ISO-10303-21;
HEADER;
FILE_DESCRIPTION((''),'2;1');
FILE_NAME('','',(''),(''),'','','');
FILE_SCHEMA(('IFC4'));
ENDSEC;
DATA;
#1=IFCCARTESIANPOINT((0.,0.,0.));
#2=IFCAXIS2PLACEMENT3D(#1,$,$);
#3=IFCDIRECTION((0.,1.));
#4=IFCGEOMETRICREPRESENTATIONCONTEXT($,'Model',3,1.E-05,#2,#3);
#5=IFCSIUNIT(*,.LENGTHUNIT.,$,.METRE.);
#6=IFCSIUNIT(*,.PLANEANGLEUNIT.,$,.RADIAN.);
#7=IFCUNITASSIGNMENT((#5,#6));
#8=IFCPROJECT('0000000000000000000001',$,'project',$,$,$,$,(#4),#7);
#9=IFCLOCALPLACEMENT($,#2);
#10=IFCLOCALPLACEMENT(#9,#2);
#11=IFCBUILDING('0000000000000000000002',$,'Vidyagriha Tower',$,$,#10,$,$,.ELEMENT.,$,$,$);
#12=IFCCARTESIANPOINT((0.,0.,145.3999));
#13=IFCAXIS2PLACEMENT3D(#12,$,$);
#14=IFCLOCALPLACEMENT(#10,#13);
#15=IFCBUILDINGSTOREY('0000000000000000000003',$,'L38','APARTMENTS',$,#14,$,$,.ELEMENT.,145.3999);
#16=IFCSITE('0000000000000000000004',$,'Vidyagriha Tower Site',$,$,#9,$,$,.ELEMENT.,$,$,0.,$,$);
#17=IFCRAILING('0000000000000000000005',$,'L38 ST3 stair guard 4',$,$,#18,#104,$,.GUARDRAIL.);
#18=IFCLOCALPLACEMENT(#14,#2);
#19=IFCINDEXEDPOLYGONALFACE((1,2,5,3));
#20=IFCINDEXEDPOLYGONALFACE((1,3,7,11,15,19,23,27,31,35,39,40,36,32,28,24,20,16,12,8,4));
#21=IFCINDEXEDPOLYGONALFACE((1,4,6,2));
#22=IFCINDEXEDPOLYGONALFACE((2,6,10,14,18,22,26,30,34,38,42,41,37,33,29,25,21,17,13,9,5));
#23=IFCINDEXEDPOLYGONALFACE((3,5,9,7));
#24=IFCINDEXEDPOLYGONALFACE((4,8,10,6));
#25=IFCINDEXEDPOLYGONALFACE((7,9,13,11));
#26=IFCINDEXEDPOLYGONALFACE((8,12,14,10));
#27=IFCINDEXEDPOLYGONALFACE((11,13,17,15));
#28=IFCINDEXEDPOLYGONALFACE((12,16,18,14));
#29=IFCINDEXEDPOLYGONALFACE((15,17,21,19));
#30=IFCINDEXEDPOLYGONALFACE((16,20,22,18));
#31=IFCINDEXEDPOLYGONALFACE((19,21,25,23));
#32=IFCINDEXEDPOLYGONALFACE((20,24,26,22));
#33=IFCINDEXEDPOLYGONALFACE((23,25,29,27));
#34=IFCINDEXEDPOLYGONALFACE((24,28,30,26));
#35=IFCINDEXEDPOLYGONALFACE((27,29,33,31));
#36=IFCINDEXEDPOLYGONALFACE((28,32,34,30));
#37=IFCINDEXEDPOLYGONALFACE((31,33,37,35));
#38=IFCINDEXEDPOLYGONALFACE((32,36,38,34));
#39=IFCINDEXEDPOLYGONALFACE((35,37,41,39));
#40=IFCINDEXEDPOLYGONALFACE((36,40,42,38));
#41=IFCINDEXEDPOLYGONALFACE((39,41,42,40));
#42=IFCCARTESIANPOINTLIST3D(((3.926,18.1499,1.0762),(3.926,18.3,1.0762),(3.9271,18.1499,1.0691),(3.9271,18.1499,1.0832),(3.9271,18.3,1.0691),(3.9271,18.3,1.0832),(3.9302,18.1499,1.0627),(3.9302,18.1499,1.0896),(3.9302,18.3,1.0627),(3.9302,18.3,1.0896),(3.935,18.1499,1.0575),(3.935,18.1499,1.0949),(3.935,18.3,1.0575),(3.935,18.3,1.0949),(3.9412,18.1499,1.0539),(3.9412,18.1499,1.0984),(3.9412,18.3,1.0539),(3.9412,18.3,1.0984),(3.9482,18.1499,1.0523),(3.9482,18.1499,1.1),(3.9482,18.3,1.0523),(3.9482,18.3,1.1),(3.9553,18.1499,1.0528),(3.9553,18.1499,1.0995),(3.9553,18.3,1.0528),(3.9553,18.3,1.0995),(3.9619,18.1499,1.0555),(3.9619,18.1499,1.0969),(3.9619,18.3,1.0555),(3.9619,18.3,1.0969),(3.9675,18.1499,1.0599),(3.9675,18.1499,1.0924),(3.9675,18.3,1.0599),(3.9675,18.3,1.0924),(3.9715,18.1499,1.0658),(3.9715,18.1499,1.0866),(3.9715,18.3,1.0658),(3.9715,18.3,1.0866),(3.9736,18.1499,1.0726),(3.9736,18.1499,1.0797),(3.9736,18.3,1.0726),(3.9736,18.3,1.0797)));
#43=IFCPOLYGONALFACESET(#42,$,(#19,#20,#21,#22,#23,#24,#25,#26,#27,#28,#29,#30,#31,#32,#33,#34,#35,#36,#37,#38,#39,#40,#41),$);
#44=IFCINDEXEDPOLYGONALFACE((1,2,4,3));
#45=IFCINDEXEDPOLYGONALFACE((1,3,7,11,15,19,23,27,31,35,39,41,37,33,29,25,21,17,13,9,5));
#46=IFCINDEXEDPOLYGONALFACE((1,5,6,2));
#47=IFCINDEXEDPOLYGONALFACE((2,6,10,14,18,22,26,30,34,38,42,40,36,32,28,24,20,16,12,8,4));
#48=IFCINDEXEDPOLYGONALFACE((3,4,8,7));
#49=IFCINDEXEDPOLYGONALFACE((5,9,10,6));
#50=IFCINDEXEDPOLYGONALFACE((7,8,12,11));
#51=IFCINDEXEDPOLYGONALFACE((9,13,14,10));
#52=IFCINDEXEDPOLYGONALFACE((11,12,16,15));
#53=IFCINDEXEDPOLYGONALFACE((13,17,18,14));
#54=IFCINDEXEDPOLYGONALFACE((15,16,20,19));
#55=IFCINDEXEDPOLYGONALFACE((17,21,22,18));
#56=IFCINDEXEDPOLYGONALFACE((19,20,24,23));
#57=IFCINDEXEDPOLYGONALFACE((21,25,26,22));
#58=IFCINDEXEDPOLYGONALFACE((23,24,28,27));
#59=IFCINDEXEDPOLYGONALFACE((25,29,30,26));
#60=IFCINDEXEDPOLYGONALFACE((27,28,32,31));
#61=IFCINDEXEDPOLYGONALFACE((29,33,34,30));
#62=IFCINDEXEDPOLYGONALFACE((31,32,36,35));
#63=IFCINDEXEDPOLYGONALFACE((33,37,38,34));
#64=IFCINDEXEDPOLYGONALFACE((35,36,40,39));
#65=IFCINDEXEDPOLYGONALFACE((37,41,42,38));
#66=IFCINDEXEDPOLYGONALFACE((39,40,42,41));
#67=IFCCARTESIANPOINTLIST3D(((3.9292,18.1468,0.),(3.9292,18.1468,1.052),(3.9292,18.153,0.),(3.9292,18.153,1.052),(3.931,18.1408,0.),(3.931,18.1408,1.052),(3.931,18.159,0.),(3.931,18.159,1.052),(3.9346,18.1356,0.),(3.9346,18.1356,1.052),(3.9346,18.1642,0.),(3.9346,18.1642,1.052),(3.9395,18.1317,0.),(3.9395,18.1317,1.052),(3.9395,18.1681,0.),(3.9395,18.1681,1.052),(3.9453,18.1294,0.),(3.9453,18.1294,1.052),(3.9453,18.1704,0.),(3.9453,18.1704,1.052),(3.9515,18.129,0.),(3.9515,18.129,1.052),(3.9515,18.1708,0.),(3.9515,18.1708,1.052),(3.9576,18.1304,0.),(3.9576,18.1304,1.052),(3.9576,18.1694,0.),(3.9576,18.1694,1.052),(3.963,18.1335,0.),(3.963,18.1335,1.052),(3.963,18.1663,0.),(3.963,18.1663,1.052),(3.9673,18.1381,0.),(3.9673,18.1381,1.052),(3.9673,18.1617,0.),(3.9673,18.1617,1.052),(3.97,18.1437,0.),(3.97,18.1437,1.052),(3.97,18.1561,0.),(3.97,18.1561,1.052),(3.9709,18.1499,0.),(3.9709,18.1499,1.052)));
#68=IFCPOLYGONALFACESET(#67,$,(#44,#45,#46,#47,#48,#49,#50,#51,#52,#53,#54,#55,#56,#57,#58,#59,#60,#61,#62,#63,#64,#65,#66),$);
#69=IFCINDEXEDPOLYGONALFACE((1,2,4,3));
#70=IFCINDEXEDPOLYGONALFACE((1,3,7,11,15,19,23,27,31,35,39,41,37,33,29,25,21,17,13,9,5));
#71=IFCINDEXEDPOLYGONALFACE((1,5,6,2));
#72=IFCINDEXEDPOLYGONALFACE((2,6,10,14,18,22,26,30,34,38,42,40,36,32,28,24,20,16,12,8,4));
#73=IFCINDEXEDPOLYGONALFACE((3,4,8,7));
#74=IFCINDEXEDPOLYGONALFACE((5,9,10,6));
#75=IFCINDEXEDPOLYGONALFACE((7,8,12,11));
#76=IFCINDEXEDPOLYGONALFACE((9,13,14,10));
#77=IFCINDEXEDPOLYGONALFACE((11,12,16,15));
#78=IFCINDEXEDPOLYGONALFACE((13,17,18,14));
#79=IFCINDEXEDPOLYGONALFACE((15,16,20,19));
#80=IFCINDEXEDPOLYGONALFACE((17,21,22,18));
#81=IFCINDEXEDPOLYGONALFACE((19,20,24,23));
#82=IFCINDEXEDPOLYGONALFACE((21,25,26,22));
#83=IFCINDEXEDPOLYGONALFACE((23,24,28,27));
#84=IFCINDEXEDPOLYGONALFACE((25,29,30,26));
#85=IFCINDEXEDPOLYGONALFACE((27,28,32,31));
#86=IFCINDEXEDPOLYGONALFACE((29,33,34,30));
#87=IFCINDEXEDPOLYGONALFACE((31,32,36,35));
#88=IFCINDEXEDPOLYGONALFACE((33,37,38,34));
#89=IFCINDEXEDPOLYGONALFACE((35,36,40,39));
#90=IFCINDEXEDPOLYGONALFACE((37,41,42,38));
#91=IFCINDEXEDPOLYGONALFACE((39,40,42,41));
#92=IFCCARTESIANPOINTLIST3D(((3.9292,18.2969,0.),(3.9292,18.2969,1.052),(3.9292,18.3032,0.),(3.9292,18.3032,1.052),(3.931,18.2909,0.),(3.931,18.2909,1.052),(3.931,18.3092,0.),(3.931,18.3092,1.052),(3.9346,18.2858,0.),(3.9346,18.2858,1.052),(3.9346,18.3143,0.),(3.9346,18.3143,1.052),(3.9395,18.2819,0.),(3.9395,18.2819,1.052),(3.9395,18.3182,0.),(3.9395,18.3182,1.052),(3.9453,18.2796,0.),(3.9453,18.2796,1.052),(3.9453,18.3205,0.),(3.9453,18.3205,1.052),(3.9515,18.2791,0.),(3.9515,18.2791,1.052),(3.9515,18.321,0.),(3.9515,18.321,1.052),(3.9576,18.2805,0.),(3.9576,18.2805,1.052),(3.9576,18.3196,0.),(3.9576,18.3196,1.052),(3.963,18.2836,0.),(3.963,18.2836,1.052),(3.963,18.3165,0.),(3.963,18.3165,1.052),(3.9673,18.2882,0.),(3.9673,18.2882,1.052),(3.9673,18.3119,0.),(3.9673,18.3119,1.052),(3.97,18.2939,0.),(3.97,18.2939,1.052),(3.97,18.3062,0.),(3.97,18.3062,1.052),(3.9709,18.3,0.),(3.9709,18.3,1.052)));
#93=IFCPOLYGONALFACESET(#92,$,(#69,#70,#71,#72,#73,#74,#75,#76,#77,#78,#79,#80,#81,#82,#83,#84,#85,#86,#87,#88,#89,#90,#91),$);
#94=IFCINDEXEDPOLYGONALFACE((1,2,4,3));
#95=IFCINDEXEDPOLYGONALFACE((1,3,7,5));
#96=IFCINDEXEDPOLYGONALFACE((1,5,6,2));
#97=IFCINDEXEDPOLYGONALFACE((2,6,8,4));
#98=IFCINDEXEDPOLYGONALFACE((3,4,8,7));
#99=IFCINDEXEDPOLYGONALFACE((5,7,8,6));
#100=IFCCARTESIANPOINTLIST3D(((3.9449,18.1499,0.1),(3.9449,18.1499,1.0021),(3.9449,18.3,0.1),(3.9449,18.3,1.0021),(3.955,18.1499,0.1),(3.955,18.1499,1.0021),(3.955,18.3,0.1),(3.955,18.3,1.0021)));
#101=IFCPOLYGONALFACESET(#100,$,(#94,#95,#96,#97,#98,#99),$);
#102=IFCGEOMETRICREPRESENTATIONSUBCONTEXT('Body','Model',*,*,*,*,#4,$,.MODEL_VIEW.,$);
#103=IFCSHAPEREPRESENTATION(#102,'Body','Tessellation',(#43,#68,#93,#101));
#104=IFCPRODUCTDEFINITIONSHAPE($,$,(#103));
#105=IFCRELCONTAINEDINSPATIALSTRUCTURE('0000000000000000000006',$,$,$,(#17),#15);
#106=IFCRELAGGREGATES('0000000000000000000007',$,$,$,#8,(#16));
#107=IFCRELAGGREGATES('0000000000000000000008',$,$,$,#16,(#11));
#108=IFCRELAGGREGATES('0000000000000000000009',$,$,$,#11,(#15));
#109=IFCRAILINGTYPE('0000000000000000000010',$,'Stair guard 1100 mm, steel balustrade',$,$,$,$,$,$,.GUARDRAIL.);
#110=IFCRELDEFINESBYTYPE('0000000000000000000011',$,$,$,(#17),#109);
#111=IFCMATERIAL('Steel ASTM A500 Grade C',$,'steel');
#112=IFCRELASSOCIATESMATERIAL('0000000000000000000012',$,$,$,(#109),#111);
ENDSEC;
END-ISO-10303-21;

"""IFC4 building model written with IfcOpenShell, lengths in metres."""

from ifc_helpers import new_model, si_unit, direction, frame, origin, origin_2d, place, context, subcontext, project, spatial, rectangle, circle, extrude, material, type_object, element, save


model = new_model("IFC4")

# Units and contexts
model_context = context("Model", 3, precision=1e-05, world=origin(), true_north=direction((0.0, 1.0)))
body_context = subcontext(model_context, "Body", "Model", "MODEL_VIEW")
ifc_project = project(units=[si_unit("LENGTHUNIT", "METRE"), si_unit("PLANEANGLEUNIT", "RADIAN")], contexts=[model_context])

# Site, building, storey
site_placement = place(None, origin())
site = spatial("IfcSite", under=ifc_project, at=site_placement, Name="Vidyagriha Tower Site", CompositionType="ELEMENT", RefElevation=0.0)
building_placement = place(site_placement, origin())
building = spatial("IfcBuilding", under=site, at=building_placement, Name="Vidyagriha Tower", CompositionType="ELEMENT")
storey_placement = place(building_placement, frame((0.0, 0.0, 145.3999)))
storey = spatial("IfcBuildingStorey", under=building, at=storey_placement, Name="L38", Description="APARTMENTS", CompositionType="ELEMENT", Elevation=145.3999)

# Railing
ifc_material_1 = material(Name="Steel ASTM A500 Grade C", Category="steel")
railing_type_1 = type_object("IfcRailingType", Name="Stair guard 1100 mm, steel balustrade", PredefinedType="GUARDRAIL", material=ifc_material_1)
railing_1_placement = place(storey_placement, frame((3.95, 18.1499, 0.0)))
element("IfcRailing", 1, at=railing_1_placement, inside=storey, type_object=railing_type_1, Name="L38 ST3 stair guard 4", PredefinedType="GUARDRAIL", context=body_context, shape_type="SweptSolid", body=[
    extrude(circle(Radius=0.0239, at=origin_2d()), frame((0.0, 0.0, 1.0762), z_axis=(0.0, 1.0, 0.0), x_axis=(-1.0, 0.0, 0.0)), (0.0, 0.0, 1.0), 0.1501),
    extrude(circle(Radius=0.021, at=origin_2d()), origin(), (0.0, 0.0, 1.0), 1.052),
    extrude(circle(Radius=0.021, at=origin_2d()), frame((0.0, 0.1501, 0.0)), (0.0, 0.0, 1.0), 1.052),
    extrude(rectangle(XDim=0.01, YDim=0.9021, at=origin_2d()), frame((0.0, 0.0, 0.551), z_axis=(0.0, 1.0, 0.0), x_axis=(-1.0, 0.0, 0.0)), (0.0, 0.0, 1.0), 0.1501),
])

save(model, "model.ifc")
